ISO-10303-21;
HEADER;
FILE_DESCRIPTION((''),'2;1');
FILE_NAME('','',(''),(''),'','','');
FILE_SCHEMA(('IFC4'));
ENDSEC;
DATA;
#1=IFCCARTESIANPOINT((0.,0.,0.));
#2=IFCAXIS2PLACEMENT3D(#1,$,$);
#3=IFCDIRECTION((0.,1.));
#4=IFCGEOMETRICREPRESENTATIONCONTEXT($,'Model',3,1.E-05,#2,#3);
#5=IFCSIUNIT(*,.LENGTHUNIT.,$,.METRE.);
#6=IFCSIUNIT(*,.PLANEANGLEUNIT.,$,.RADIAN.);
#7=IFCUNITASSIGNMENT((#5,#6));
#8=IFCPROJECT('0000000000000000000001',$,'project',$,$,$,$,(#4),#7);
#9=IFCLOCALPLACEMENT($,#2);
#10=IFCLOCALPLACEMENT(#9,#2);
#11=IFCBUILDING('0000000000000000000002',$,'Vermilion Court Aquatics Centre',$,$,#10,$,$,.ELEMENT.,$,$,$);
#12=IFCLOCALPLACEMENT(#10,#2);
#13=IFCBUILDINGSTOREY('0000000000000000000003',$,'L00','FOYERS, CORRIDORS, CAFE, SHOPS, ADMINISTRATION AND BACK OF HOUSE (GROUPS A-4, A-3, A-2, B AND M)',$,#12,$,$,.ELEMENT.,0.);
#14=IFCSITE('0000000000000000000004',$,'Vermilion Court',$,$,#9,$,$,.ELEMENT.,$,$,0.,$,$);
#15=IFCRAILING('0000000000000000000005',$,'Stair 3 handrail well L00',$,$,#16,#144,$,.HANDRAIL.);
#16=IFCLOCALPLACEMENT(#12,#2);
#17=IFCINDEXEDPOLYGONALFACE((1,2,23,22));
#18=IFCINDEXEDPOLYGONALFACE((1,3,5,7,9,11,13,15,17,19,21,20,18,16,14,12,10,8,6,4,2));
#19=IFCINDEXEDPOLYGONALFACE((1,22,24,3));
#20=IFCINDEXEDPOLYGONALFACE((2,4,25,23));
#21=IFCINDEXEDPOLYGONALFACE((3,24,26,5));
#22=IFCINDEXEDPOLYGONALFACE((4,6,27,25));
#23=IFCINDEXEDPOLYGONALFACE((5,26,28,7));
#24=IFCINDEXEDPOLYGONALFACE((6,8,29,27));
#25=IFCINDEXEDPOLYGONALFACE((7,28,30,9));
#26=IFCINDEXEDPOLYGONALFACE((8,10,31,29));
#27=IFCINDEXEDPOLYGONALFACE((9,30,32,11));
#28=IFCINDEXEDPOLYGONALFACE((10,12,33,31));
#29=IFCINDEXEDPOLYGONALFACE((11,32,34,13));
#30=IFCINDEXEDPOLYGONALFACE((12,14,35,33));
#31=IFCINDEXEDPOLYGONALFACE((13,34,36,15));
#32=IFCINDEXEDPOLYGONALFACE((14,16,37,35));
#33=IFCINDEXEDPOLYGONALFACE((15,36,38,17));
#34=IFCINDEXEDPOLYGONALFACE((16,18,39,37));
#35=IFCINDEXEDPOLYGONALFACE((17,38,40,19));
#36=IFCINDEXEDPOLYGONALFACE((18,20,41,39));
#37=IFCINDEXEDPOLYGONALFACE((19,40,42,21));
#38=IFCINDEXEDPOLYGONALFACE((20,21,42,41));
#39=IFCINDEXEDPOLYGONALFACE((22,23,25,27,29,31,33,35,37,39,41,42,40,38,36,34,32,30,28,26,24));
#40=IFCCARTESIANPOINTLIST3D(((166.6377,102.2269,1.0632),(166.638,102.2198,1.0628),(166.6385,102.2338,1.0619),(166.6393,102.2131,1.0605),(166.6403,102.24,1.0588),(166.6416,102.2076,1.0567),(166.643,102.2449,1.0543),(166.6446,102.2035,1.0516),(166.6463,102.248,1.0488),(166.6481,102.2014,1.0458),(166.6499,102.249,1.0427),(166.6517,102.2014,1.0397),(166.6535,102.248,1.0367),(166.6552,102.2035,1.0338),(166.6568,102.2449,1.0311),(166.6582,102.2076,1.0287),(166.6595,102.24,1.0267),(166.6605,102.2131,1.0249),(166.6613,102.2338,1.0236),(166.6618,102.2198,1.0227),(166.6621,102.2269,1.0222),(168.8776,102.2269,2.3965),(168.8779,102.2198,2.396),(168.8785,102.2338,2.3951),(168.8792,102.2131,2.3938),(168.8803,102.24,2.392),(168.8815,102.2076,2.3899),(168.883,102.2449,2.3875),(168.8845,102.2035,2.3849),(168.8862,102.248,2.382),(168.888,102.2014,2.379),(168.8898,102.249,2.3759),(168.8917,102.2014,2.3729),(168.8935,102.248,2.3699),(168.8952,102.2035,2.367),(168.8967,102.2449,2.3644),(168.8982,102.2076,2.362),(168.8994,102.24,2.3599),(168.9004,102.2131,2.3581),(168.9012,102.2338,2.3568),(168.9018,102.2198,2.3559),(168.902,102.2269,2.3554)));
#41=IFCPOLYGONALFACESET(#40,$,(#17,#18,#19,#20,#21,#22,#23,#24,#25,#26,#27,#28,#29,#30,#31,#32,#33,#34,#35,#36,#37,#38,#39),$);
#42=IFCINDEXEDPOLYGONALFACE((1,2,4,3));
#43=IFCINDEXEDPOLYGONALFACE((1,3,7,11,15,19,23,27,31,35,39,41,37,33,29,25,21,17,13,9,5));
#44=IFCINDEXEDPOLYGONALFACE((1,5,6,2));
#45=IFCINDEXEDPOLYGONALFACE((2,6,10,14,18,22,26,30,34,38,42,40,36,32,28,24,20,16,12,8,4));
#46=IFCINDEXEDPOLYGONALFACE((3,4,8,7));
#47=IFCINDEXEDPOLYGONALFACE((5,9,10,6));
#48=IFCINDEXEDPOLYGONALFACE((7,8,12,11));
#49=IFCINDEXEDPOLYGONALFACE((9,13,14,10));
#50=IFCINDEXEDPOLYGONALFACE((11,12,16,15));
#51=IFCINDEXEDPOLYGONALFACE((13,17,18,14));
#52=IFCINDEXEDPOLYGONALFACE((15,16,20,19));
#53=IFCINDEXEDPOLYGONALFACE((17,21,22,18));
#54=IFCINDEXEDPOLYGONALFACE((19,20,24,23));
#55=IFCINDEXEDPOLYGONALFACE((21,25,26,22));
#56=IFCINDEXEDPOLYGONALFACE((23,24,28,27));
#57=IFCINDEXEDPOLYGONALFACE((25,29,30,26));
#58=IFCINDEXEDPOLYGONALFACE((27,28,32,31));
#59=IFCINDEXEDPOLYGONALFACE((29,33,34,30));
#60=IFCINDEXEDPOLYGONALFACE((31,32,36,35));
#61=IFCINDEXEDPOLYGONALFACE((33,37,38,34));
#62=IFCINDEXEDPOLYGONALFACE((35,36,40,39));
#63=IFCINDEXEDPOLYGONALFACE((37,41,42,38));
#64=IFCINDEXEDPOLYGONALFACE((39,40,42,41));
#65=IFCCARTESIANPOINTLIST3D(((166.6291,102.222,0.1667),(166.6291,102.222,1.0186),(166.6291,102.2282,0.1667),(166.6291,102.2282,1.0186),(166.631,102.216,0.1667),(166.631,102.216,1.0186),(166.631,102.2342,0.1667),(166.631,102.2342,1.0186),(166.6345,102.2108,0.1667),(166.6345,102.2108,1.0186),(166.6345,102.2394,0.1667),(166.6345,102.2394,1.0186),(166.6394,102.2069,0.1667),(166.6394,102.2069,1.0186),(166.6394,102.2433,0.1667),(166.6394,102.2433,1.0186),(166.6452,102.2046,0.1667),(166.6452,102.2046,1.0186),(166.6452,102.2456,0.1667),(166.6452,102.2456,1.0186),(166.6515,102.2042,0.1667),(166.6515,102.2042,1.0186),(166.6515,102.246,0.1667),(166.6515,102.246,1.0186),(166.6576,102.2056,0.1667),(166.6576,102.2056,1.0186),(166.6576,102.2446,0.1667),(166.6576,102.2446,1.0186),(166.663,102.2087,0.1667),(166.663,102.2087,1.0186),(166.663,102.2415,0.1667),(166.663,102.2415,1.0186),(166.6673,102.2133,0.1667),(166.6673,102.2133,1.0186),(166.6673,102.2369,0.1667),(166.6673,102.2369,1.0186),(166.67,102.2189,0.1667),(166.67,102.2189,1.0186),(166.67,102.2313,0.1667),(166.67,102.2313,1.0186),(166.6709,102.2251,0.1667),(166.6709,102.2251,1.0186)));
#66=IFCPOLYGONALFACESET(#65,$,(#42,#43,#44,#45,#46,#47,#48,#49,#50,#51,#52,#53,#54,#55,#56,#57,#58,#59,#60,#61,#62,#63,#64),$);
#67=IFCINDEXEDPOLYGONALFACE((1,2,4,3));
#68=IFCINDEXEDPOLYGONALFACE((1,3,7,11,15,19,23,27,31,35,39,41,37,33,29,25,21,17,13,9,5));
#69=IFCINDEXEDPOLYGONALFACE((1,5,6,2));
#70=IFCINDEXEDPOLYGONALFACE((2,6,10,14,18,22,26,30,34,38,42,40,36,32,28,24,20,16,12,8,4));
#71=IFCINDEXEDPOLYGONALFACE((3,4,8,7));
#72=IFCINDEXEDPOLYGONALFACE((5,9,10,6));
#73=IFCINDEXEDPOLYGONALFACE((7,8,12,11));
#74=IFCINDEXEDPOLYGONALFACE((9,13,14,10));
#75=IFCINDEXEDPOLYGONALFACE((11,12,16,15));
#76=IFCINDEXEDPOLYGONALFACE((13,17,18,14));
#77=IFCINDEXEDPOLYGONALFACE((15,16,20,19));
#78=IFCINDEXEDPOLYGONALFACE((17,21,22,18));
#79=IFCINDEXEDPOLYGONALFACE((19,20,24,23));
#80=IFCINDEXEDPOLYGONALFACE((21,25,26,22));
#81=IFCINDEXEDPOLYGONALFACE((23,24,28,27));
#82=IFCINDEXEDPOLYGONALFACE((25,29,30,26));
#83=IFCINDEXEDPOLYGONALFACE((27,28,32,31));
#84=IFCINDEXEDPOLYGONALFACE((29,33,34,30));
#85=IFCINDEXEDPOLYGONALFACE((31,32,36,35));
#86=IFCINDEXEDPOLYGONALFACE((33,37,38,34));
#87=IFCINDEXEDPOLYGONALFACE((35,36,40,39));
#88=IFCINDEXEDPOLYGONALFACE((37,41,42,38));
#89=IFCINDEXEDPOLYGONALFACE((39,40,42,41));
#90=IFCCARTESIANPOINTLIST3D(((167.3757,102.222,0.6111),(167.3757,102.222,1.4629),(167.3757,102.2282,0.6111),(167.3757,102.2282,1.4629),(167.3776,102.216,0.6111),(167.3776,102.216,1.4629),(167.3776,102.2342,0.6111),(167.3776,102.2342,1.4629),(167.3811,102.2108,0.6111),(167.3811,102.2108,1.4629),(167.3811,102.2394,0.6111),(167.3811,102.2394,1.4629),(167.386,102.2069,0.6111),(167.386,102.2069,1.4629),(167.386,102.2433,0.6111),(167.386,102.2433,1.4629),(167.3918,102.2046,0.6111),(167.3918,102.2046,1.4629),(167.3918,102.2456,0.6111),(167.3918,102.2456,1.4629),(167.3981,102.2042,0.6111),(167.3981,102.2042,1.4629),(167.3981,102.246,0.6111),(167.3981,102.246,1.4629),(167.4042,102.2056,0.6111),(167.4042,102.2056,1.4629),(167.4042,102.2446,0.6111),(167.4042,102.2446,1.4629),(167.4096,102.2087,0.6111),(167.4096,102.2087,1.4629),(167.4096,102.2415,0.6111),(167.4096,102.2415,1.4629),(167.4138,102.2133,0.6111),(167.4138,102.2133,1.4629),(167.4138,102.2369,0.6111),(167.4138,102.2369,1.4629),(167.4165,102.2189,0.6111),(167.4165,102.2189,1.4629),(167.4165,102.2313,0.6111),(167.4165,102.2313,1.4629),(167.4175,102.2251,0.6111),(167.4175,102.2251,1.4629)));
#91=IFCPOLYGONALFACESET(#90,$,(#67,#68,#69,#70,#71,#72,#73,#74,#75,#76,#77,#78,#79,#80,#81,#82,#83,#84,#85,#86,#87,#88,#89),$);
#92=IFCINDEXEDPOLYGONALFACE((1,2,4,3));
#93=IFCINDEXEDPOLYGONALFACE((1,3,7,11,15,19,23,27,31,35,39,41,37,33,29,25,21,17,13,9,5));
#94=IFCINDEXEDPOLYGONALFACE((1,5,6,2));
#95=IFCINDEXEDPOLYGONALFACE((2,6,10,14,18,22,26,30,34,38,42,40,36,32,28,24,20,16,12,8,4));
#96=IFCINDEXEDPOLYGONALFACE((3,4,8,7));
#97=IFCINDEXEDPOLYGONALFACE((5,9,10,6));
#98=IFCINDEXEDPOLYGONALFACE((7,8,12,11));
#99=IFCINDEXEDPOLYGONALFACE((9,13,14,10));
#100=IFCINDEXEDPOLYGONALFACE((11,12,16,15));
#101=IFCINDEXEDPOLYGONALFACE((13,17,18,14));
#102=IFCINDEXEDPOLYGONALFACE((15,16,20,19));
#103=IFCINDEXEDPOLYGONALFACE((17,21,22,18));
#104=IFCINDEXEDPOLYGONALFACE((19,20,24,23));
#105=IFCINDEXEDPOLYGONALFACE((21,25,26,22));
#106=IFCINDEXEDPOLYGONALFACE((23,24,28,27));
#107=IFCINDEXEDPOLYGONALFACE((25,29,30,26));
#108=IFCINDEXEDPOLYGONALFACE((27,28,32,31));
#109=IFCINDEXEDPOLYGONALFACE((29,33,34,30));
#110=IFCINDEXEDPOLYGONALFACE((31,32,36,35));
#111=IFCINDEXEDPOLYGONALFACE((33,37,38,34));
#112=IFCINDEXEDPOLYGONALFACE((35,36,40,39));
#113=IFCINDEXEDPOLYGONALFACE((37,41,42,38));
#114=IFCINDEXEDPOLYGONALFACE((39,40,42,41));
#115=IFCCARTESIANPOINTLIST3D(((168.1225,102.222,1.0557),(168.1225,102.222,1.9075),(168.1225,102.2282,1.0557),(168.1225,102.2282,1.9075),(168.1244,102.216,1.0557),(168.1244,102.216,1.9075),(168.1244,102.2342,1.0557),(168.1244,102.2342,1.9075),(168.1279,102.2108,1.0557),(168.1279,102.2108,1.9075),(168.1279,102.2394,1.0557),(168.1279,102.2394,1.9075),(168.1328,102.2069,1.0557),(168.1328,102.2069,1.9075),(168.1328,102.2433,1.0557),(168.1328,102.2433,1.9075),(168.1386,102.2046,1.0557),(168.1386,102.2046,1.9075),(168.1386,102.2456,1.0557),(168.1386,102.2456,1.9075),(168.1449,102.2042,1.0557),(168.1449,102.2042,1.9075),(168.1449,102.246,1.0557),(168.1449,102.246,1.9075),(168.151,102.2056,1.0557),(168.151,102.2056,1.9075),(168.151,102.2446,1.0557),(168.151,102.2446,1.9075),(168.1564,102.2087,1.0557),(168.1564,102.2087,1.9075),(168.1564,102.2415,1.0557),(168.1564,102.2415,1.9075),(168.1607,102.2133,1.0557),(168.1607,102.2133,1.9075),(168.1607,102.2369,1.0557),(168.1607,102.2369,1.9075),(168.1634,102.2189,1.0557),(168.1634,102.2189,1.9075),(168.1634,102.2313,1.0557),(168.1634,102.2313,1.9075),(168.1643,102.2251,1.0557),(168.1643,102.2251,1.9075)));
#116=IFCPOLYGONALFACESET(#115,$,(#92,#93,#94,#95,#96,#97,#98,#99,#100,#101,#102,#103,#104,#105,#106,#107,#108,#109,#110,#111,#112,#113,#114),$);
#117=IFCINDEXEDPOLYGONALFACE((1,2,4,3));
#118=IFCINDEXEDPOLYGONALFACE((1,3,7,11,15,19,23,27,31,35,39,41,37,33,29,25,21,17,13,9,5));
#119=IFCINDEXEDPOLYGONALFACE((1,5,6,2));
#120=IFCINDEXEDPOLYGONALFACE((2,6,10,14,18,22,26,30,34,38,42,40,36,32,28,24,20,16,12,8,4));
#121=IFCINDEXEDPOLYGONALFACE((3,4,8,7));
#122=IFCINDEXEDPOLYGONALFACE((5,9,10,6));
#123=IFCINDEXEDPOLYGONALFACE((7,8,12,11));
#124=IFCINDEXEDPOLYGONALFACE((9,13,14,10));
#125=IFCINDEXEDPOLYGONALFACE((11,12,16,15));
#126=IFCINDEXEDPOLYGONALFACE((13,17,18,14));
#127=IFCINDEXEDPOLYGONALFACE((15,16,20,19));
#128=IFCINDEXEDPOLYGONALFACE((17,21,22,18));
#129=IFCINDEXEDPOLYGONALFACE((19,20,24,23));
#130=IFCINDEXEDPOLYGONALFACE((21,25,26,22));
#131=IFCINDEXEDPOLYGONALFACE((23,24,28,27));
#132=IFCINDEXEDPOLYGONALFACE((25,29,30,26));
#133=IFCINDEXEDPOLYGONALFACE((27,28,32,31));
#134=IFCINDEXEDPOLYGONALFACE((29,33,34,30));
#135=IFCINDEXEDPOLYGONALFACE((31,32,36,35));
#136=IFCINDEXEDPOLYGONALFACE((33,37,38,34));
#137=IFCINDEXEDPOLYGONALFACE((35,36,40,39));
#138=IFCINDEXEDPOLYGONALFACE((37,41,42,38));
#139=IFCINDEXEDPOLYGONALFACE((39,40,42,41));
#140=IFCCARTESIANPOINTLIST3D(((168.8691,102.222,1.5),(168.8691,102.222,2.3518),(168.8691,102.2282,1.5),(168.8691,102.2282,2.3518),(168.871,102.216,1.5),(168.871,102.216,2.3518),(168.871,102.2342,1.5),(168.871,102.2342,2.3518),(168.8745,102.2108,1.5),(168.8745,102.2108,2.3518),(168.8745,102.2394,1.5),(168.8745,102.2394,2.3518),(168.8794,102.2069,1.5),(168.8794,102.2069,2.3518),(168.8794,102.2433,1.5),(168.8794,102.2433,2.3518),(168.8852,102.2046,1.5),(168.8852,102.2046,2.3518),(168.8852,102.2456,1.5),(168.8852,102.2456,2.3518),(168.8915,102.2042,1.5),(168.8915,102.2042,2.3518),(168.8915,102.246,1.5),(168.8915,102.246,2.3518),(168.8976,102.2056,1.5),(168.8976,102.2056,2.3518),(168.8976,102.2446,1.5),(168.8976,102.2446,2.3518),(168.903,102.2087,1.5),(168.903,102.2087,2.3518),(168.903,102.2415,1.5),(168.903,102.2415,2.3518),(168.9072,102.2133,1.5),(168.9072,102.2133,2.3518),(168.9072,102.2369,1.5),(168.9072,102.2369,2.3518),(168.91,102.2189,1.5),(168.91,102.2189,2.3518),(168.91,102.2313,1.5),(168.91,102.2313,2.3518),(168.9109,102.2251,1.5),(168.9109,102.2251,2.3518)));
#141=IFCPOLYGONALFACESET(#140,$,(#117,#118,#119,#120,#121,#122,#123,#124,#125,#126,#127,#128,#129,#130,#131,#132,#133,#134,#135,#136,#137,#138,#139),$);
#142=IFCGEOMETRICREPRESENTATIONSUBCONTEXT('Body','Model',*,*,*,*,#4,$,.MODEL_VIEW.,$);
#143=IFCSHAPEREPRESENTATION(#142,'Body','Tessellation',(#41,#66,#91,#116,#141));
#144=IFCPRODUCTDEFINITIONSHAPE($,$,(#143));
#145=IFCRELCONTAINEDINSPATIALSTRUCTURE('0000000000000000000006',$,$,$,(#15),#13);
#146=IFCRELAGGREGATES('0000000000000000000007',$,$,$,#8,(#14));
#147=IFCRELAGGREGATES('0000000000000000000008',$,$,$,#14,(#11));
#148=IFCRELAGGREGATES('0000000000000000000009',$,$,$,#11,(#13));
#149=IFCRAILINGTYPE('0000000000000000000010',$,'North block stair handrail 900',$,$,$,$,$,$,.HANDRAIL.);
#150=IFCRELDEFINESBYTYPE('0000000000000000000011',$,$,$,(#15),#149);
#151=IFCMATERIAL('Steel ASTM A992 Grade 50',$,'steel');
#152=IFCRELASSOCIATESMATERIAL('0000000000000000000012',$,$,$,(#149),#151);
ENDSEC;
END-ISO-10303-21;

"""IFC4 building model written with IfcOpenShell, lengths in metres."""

from ifc_helpers import new_model, si_unit, direction, frame, origin, origin_2d, place, context, subcontext, project, spatial, circle, extrude, material, type_object, element, save


model = new_model("IFC4")

# Units and contexts
model_context = context("Model", 3, precision=1e-05, world=origin(), true_north=direction((0.0, 1.0)))
body_context = subcontext(model_context, "Body", "Model", "MODEL_VIEW")
ifc_project = project(units=[si_unit("LENGTHUNIT", "METRE"), si_unit("PLANEANGLEUNIT", "RADIAN")], contexts=[model_context])

# Site, building, storey
site_placement = place(None, origin())
site = spatial("IfcSite", under=ifc_project, at=site_placement, Name="Vermilion Court", CompositionType="ELEMENT", RefElevation=0.0)
building_placement = place(site_placement, origin())
building = spatial("IfcBuilding", under=site, at=building_placement, Name="Vermilion Court Aquatics Centre", CompositionType="ELEMENT")
storey_placement = place(building_placement, origin())
storey = spatial("IfcBuildingStorey", under=building, at=storey_placement, Name="L00", Description="FOYERS, CORRIDORS, CAFE, SHOPS, ADMINISTRATION AND BACK OF HOUSE (GROUPS A-4, A-3, A-2, B AND M)", CompositionType="ELEMENT", Elevation=0.0)

# Railing
ifc_material_1 = material(Name="Steel ASTM A992 Grade 50", Category="steel")
railing_type_1 = type_object("IfcRailingType", Name="North block stair handrail 900", PredefinedType="HANDRAIL", material=ifc_material_1)
for number, where, name in (
    (1, (166.6499, 102.2251, 0.1667), "Stair 3 handrail well L00"),
):
    element("IfcRailing", number, at=place(storey_placement, frame(where)), inside=storey, type_object=railing_type_1, Name=name, PredefinedType="HANDRAIL", context=body_context, shape_type="SweptSolid", body=[
        extrude(circle(Radius=0.0239, at=origin_2d()), frame((0.0, 0.0, 0.876), z_axis=(0.859306, 0.0, 0.511462), x_axis=(0.0, 1.0, 0.0)), (0.0, 0.0, 1.0), 2.6067),
        extrude(circle(Radius=0.021, at=origin_2d()), origin(), (0.0, 0.0, 1.0), 0.8518),
        extrude(circle(Radius=0.021, at=origin_2d()), frame((0.7466, 0.0, 0.4443)), (0.0, 0.0, 1.0), 0.8518),
        extrude(circle(Radius=0.021, at=origin_2d()), frame((1.4934, 0.0, 0.8889)), (0.0, 0.0, 1.0), 0.8518),
        extrude(circle(Radius=0.021, at=origin_2d()), frame((2.24, 0.0, 1.3333)), (0.0, 0.0, 1.0), 0.8518),
    ])

save(model, "model.ifc")
